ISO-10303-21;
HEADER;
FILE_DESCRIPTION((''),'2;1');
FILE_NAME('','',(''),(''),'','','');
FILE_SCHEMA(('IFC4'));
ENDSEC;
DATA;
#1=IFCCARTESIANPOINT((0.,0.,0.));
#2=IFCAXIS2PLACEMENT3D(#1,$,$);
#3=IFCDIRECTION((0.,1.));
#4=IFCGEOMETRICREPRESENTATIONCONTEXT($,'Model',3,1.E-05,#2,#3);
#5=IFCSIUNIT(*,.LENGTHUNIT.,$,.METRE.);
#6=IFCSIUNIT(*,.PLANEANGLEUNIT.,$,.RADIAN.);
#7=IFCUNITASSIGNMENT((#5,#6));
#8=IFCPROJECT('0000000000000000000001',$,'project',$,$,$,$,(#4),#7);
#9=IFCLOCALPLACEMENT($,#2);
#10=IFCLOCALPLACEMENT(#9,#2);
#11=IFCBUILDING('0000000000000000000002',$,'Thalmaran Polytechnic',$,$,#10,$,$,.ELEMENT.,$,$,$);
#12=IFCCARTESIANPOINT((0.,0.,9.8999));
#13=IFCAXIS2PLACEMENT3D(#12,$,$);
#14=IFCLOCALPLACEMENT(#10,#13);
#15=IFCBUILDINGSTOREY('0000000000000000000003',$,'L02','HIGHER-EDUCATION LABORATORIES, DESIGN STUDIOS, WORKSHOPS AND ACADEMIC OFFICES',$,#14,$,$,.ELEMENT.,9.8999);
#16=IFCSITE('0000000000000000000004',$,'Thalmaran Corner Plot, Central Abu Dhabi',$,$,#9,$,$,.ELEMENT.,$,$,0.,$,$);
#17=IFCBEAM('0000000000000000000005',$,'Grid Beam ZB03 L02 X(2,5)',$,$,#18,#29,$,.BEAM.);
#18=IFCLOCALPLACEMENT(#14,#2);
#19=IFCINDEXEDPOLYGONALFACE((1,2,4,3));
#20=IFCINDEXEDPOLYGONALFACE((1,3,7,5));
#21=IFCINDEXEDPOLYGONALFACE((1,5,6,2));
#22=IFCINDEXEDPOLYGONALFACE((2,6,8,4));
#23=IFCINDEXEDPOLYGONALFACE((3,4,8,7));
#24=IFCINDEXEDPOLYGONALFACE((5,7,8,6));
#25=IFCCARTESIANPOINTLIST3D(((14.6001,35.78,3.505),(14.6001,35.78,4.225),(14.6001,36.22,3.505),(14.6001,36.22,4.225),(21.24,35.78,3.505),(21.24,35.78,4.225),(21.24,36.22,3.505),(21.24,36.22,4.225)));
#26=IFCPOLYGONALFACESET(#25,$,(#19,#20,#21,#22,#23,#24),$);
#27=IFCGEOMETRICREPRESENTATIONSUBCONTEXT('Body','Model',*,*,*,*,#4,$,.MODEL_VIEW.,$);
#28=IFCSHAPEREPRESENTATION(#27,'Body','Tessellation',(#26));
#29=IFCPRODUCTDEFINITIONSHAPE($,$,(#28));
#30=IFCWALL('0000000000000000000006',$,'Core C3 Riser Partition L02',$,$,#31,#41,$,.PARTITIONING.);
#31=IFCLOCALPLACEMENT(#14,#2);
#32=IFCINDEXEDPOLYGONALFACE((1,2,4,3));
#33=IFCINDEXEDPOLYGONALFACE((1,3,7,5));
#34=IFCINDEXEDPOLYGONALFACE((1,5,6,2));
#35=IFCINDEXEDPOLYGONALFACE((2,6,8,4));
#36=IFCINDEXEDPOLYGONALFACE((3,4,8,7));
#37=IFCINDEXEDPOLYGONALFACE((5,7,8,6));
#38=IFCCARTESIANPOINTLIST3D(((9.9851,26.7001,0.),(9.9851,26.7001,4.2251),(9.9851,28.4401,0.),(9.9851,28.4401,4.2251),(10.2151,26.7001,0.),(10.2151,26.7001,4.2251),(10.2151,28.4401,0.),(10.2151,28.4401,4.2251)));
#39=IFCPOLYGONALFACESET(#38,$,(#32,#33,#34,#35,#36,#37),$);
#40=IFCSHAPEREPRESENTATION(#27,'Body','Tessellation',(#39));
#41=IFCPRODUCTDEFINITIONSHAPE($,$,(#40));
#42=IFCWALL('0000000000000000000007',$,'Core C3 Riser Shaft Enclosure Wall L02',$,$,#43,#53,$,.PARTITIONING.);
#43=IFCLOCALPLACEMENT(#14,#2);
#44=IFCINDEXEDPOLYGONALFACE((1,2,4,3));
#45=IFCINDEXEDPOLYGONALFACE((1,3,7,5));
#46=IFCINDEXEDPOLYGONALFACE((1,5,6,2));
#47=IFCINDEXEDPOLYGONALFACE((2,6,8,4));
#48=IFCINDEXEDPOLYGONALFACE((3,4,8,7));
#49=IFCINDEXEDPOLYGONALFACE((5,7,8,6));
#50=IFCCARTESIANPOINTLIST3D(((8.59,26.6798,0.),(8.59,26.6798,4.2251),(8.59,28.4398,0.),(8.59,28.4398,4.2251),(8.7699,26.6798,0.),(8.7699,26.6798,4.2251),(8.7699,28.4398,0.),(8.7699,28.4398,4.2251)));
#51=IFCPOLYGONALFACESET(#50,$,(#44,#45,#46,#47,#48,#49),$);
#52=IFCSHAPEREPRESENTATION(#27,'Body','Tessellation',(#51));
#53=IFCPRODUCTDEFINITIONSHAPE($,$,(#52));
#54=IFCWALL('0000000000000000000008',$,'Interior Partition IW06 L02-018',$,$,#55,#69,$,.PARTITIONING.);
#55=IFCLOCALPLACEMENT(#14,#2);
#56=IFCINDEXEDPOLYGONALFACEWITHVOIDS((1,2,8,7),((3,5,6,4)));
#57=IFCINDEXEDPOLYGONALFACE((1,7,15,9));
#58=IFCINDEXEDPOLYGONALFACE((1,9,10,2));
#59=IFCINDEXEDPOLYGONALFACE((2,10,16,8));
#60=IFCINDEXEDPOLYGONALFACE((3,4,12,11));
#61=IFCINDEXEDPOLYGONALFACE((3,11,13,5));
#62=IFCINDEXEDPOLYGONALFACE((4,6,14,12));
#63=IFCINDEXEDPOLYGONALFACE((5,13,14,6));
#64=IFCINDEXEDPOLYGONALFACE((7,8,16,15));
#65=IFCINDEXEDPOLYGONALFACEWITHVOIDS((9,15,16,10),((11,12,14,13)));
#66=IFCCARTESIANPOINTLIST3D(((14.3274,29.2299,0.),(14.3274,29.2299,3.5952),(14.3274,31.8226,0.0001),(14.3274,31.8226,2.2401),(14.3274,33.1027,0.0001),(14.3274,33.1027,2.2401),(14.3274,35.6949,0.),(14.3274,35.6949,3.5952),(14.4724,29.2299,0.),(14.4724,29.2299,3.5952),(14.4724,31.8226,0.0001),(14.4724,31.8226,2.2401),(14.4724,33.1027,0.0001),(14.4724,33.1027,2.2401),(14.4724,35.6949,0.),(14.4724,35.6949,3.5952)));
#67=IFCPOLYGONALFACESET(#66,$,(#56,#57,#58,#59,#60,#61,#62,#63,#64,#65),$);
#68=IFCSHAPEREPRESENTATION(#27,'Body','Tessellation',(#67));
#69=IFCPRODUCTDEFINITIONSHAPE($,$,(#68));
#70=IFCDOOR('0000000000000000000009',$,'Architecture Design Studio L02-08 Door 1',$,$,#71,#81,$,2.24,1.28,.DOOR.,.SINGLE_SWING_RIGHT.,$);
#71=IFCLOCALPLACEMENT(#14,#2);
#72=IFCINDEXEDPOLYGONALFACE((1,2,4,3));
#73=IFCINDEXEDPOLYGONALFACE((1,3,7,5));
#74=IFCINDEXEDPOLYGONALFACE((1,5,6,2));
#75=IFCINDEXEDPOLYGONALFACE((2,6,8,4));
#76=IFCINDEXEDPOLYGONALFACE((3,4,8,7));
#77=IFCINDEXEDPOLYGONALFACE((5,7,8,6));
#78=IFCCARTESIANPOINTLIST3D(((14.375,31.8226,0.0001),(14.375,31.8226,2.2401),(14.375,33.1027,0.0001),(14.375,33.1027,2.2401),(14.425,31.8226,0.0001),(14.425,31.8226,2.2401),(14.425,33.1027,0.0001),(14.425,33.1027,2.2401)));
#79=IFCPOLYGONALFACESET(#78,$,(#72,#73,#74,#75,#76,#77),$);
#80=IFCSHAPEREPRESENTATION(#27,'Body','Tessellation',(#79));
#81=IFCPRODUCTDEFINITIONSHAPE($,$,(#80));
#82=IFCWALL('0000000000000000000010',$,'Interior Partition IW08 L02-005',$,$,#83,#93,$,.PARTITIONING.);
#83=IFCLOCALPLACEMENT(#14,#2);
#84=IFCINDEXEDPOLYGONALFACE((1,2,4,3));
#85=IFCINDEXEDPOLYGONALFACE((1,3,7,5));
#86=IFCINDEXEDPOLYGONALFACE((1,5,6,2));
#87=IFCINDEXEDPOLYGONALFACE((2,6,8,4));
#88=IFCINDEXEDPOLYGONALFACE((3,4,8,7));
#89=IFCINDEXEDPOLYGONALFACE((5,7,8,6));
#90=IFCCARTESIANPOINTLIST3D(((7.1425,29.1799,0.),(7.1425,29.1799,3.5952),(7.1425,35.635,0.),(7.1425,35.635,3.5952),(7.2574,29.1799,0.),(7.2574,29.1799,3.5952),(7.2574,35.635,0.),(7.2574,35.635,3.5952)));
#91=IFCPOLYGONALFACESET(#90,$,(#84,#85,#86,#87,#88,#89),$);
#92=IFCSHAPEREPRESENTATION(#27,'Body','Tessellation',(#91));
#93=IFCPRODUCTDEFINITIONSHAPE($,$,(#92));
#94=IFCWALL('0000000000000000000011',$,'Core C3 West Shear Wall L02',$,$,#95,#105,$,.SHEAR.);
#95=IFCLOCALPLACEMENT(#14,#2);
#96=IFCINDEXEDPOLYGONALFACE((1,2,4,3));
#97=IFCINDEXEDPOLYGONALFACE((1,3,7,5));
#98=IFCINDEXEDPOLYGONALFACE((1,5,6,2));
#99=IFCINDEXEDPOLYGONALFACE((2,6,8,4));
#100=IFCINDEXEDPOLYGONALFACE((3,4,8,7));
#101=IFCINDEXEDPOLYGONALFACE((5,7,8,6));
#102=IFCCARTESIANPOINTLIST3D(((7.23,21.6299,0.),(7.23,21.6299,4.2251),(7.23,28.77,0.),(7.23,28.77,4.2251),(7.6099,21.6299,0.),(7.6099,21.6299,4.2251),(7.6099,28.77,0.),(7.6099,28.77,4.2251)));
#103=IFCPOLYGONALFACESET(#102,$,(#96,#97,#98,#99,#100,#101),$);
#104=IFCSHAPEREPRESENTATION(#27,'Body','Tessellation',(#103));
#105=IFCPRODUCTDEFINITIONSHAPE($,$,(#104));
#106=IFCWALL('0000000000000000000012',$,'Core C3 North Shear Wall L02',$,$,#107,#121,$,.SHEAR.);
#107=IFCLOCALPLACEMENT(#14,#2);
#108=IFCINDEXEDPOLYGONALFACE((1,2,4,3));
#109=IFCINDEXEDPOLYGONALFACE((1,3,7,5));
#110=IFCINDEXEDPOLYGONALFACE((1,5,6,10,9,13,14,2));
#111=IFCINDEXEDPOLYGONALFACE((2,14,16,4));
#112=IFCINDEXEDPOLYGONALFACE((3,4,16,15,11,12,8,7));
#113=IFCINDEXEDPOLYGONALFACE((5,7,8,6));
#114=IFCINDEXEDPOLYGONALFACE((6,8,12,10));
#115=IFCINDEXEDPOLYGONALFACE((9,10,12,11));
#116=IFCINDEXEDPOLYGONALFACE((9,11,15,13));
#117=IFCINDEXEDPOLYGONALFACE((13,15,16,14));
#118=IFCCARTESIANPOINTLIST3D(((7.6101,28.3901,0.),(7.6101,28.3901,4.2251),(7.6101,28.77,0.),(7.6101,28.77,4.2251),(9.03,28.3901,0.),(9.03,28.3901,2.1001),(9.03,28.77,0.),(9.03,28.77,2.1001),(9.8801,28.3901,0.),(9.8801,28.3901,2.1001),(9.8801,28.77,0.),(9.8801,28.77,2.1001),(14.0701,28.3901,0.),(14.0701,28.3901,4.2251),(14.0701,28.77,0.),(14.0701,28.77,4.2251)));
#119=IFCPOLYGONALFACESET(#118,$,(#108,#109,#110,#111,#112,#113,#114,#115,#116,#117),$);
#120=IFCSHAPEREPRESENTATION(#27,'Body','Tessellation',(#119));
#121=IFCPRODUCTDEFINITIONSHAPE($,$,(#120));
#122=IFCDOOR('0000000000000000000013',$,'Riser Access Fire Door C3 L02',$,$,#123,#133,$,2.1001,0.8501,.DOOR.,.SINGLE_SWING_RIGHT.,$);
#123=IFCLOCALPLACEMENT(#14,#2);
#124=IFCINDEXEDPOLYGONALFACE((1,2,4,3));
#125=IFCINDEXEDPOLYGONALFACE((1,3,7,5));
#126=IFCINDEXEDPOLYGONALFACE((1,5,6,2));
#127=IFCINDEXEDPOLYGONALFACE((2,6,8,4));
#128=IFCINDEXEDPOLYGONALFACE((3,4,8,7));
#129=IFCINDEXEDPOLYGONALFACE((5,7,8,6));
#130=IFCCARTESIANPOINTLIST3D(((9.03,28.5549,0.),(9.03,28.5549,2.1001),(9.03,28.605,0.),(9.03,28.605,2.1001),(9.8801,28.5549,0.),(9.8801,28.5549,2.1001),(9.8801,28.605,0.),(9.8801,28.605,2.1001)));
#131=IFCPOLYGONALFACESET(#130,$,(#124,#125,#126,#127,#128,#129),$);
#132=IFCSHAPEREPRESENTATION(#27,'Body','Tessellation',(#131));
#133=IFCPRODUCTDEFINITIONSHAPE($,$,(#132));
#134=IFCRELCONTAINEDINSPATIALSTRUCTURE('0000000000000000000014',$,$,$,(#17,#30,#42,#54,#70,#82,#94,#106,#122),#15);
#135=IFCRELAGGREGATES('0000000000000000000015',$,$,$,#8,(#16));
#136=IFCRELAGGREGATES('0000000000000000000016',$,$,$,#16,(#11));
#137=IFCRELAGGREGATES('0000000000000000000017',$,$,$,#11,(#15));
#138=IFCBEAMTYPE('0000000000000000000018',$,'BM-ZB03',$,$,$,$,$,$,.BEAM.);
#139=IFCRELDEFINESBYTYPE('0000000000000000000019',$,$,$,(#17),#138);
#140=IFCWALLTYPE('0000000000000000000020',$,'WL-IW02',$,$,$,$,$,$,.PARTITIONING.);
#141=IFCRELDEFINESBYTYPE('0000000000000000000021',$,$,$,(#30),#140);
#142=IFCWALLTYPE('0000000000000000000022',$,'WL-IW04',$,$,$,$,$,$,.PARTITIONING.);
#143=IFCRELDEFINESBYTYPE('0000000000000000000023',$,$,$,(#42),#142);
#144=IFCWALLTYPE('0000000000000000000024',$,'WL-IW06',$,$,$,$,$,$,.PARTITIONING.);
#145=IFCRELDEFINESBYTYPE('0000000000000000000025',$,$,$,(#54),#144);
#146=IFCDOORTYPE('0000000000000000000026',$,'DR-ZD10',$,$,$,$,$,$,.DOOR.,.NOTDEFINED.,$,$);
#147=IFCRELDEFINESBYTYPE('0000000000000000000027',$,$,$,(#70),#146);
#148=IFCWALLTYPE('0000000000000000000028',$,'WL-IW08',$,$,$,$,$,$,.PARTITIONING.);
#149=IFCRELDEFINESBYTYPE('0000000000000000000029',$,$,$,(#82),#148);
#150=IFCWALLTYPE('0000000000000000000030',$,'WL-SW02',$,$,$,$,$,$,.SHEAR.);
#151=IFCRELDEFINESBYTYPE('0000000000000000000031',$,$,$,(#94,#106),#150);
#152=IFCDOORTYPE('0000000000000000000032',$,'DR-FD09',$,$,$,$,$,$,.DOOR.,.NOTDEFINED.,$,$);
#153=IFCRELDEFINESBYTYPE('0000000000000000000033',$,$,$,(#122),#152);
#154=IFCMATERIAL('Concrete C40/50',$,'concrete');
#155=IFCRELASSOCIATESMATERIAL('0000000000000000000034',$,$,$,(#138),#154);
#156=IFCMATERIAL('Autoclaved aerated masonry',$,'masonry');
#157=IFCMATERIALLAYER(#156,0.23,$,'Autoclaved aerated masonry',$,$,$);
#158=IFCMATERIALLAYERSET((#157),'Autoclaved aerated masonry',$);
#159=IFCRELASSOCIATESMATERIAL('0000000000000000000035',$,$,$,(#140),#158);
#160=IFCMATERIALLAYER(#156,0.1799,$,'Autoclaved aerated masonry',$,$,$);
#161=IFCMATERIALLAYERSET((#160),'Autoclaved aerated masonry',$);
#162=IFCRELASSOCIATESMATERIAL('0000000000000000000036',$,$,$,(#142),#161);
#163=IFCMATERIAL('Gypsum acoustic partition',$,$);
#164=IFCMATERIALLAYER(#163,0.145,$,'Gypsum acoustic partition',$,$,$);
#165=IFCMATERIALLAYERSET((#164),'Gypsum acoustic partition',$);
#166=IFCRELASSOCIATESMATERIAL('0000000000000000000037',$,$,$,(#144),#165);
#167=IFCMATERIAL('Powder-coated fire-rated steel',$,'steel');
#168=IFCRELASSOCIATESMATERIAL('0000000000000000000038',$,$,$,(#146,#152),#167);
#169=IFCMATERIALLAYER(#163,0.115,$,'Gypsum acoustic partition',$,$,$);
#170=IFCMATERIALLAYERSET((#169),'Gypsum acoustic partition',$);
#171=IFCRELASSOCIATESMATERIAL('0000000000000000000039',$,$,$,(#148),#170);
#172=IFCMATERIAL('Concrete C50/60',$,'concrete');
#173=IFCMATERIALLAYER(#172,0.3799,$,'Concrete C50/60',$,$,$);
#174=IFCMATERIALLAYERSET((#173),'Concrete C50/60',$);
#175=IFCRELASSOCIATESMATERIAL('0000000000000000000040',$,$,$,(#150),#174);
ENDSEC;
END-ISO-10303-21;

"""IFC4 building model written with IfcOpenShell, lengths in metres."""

from ifc_helpers import new_model, si_unit, direction, frame, frame_2d, origin, origin_2d, place, context, subcontext, project, spatial, rectangle, extrude, material, layer, layer_set, material_profile, profile_set, type_object, element, fill, save


model = new_model("IFC4")

# Units and contexts
model_context = context("Model", 3, precision=1e-05, world=origin(), true_north=direction((0.0, 1.0)))
body_context = subcontext(model_context, "Body", "Model", "MODEL_VIEW")
ifc_project = project(units=[si_unit("LENGTHUNIT", "METRE"), si_unit("PLANEANGLEUNIT", "RADIAN")], contexts=[model_context])

# Site, building, storey
site_placement = place(None, origin())
site = spatial("IfcSite", under=ifc_project, at=site_placement, Name="Thalmaran Corner Plot, Central Abu Dhabi", CompositionType="ELEMENT", RefElevation=0.0)
building_placement = place(site_placement, origin())
building = spatial("IfcBuilding", under=site, at=building_placement, Name="Thalmaran Polytechnic", CompositionType="ELEMENT")
storey_placement = place(building_placement, frame((0.0, 0.0, 9.8999)))
storey = spatial("IfcBuildingStorey", under=building, at=storey_placement, Name="L02", Description="HIGHER-EDUCATION LABORATORIES, DESIGN STUDIOS, WORKSHOPS AND ACADEMIC OFFICES", CompositionType="ELEMENT", Elevation=9.8999)

# Shared definitions
ifc_material_1 = material(Name="Concrete C50/60", Category="concrete")
ifc_material_2 = material(Name="Concrete C40/50", Category="concrete")

# Beam
ifc_material_profile_1 = material_profile(ifc_material_2, rectangle(XDim=0.4399, YDim=0.72, at=origin_2d()), Name="RC 440x720")
ifc_profile_set_1 = profile_set([ifc_material_profile_1], Name="Concrete C40/50")
beam_type_1 = type_object("IfcBeamType", Name="BM-ZB03", PredefinedType="BEAM", material=ifc_profile_set_1)
beam_1_placement = place(storey_placement, frame((14.6001, 36.0, 3.865), z_axis=(1.0, 0.0, 0.0), x_axis=(0.0, 1.0, 0.0)))
element("IfcBeam", 1, at=beam_1_placement, inside=storey, type_object=beam_type_1, Name="Grid Beam ZB03 L02 X(2,5)", PredefinedType="BEAM", context=body_context, shape_type="SweptSolid", body=[
    extrude(rectangle(XDim=0.4399, YDim=0.72, at=origin_2d()), origin(), (0.0, 0.0, 1.0), 6.6399),
])

# Walls
ifc_material_3 = material(Name="Autoclaved aerated masonry", Category="masonry")
ifc_layer_1 = layer(ifc_material_3, 0.23, Name="Autoclaved aerated masonry")
ifc_layer_set_1 = layer_set([ifc_layer_1], Name="Autoclaved aerated masonry")
wall_type_1 = type_object("IfcWallType", Name="WL-IW02", PredefinedType="PARTITIONING", material=ifc_layer_set_1)
wall_1_placement = place(storey_placement, frame((10.1001, 26.7, 0.0), z_axis=(0.0, 0.0, 1.0), x_axis=(0.0, 1.0, 0.0)))
element("IfcWall", 2, at=wall_1_placement, inside=storey, type_object=wall_type_1, Name="Core C3 Riser Partition L02", PredefinedType="PARTITIONING", context=body_context, shape_type="SweptSolid", body=[
    extrude(rectangle(XDim=1.74, YDim=0.23, at=frame_2d((0.8701, 0.0))), origin(), (0.0, 0.0, 1.0), 4.2251),
])
ifc_layer_2 = layer(ifc_material_3, 0.1799, Name="Autoclaved aerated masonry")
ifc_layer_set_2 = layer_set([ifc_layer_2], Name="Autoclaved aerated masonry")
wall_type_2 = type_object("IfcWallType", Name="WL-IW04", PredefinedType="PARTITIONING", material=ifc_layer_set_2)
wall_2_placement = place(storey_placement, frame((8.6799, 26.6799, 0.0), z_axis=(0.0, 0.0, 1.0), x_axis=(0.0, 1.0, 0.0)))
element("IfcWall", 3, at=wall_2_placement, inside=storey, type_object=wall_type_2, Name="Core C3 Riser Shaft Enclosure Wall L02", PredefinedType="PARTITIONING", context=body_context, shape_type="SweptSolid", body=[
    extrude(rectangle(XDim=1.76, YDim=0.1799, at=frame_2d((0.8799, 0.0))), origin(), (0.0, 0.0, 1.0), 4.2251),
])

# Wall, opening, door
ifc_material_4 = material(Name="Gypsum acoustic partition")
ifc_layer_3 = layer(ifc_material_4, 0.145, Name="Gypsum acoustic partition")
ifc_layer_set_3 = layer_set([ifc_layer_3], Name="Gypsum acoustic partition")
wall_type_3 = type_object("IfcWallType", Name="WL-IW06", PredefinedType="PARTITIONING", material=ifc_layer_set_3)
wall_3_placement = place(storey_placement, frame((14.3999, 29.23, 0.0), z_axis=(0.0, 0.0, 1.0), x_axis=(0.0, 1.0, 0.0)))
wall_3 = element("IfcWall", 4, at=wall_3_placement, inside=storey, type_object=wall_type_3, Name="Interior Partition IW06 L02-018", PredefinedType="PARTITIONING", context=body_context, shape_type="SweptSolid", body=[
    extrude(rectangle(XDim=6.4651, YDim=0.145, at=frame_2d((3.2324, 0.0))), origin(), (0.0, 0.0, 1.0), 3.5952),
])
opening_1_placement = place(wall_3_placement, frame((2.5925, 0.0, 0.0)))
opening_1 = element("IfcOpeningElement", 5, at=opening_1_placement, cuts=wall_3, PredefinedType="OPENING", context=body_context, shape_type="SweptSolid", body=[
    extrude(rectangle(XDim=1.28, YDim=2.24, at=frame_2d((0.6401, 1.1201))), frame((0.0, 0.0825, 0.0), z_axis=(0.0, -1.0, 0.0), x_axis=(1.0, 0.0, 0.0)), (0.0, 0.0, 1.0), 0.165),
])
ifc_material_5 = material(Name="Powder-coated fire-rated steel", Category="steel")
door_type_1 = type_object("IfcDoorType", Name="DR-ZD10", OperationType="NOTDEFINED", PredefinedType="DOOR", material=ifc_material_5)
door_1_placement = place(opening_1_placement, origin())
door_1 = element("IfcDoor", 6, at=door_1_placement, inside=storey, type_object=door_type_1, Name="Architecture Design Studio L02-08 Door 1", OperationType="SINGLE_SWING_RIGHT", OverallHeight=2.24, OverallWidth=1.28, PredefinedType="DOOR", context=body_context, shape_type="SweptSolid", body=[
    extrude(rectangle(XDim=1.28, YDim=2.24, at=frame_2d((0.6401, 1.1201))), frame((0.0, 0.0249, 0.0), z_axis=(0.0, -1.0, 0.0), x_axis=(1.0, 0.0, 0.0)), (0.0, 0.0, 1.0), 0.05),
])
fill(opening_1, door_1)

# Walls
ifc_layer_4 = layer(ifc_material_4, 0.115, Name="Gypsum acoustic partition")
ifc_layer_set_4 = layer_set([ifc_layer_4], Name="Gypsum acoustic partition")
wall_type_4 = type_object("IfcWallType", Name="WL-IW08", PredefinedType="PARTITIONING", material=ifc_layer_set_4)
wall_4_placement = place(storey_placement, frame((7.2, 29.1799, 0.0), z_axis=(0.0, 0.0, 1.0), x_axis=(0.0, 1.0, 0.0)))
element("IfcWall", 7, at=wall_4_placement, inside=storey, type_object=wall_type_4, Name="Interior Partition IW08 L02-005", PredefinedType="PARTITIONING", context=body_context, shape_type="SweptSolid", body=[
    extrude(rectangle(XDim=6.4551, YDim=0.115, at=frame_2d((3.2275, 0.0))), origin(), (0.0, 0.0, 1.0), 3.5952),
])
ifc_layer_5 = layer(ifc_material_1, 0.3799, Name="Concrete C50/60")
ifc_layer_set_5 = layer_set([ifc_layer_5], Name="Concrete C50/60")
wall_type_5 = type_object("IfcWallType", Name="WL-SW02", PredefinedType="SHEAR", material=ifc_layer_set_5)
wall_5_placement = place(storey_placement, frame((7.4199, 28.77, 0.0), z_axis=(0.0, 0.0, 1.0), x_axis=(0.0, -1.0, 0.0)))
element("IfcWall", 8, at=wall_5_placement, inside=storey, type_object=wall_type_5, Name="Core C3 West Shear Wall L02", PredefinedType="SHEAR", context=body_context, shape_type="SweptSolid", body=[
    extrude(rectangle(XDim=7.1401, YDim=0.3799, at=frame_2d((3.5701, 0.0))), origin(), (0.0, 0.0, 1.0), 4.2251),
])

# Wall, opening, door
wall_6_placement = place(storey_placement, frame((7.6101, 28.5801, 0.0), z_axis=(0.0, 0.0, 1.0), x_axis=(1.0, 0.0, 0.0)))
wall_6 = element("IfcWall", 9, at=wall_6_placement, inside=storey, type_object=wall_type_5, Name="Core C3 North Shear Wall L02", PredefinedType="SHEAR", context=body_context, shape_type="SweptSolid", body=[
    extrude(rectangle(XDim=6.46, YDim=0.3799, at=frame_2d((3.23, 0.0))), origin(), (0.0, 0.0, 1.0), 4.2251),
])
opening_2_placement = place(wall_6_placement, frame((1.4199, 0.0, 0.0)))
opening_2 = element("IfcOpeningElement", 10, at=opening_2_placement, cuts=wall_6, PredefinedType="OPENING", context=body_context, shape_type="SweptSolid", body=[
    extrude(rectangle(XDim=0.8501, YDim=2.1001, at=frame_2d((0.425, 1.05))), frame((0.0, 0.2, 0.0), z_axis=(0.0, -1.0, 0.0), x_axis=(1.0, 0.0, 0.0)), (0.0, 0.0, 1.0), 0.3999),
])
door_type_2 = type_object("IfcDoorType", Name="DR-FD09", OperationType="NOTDEFINED", PredefinedType="DOOR", material=ifc_material_5)
door_2_placement = place(opening_2_placement, origin())
door_2 = element("IfcDoor", 11, at=door_2_placement, inside=storey, type_object=door_type_2, Name="Riser Access Fire Door C3 L02", OperationType="SINGLE_SWING_RIGHT", OverallHeight=2.1001, OverallWidth=0.8501, PredefinedType="DOOR", context=body_context, shape_type="SweptSolid", body=[
    extrude(rectangle(XDim=0.8501, YDim=2.1001, at=frame_2d((0.425, 1.05))), frame((0.0, 0.0249, 0.0), z_axis=(0.0, -1.0, 0.0), x_axis=(1.0, 0.0, 0.0)), (0.0, 0.0, 1.0), 0.05),
])
fill(opening_2, door_2)

save(model, "model.ifc")
